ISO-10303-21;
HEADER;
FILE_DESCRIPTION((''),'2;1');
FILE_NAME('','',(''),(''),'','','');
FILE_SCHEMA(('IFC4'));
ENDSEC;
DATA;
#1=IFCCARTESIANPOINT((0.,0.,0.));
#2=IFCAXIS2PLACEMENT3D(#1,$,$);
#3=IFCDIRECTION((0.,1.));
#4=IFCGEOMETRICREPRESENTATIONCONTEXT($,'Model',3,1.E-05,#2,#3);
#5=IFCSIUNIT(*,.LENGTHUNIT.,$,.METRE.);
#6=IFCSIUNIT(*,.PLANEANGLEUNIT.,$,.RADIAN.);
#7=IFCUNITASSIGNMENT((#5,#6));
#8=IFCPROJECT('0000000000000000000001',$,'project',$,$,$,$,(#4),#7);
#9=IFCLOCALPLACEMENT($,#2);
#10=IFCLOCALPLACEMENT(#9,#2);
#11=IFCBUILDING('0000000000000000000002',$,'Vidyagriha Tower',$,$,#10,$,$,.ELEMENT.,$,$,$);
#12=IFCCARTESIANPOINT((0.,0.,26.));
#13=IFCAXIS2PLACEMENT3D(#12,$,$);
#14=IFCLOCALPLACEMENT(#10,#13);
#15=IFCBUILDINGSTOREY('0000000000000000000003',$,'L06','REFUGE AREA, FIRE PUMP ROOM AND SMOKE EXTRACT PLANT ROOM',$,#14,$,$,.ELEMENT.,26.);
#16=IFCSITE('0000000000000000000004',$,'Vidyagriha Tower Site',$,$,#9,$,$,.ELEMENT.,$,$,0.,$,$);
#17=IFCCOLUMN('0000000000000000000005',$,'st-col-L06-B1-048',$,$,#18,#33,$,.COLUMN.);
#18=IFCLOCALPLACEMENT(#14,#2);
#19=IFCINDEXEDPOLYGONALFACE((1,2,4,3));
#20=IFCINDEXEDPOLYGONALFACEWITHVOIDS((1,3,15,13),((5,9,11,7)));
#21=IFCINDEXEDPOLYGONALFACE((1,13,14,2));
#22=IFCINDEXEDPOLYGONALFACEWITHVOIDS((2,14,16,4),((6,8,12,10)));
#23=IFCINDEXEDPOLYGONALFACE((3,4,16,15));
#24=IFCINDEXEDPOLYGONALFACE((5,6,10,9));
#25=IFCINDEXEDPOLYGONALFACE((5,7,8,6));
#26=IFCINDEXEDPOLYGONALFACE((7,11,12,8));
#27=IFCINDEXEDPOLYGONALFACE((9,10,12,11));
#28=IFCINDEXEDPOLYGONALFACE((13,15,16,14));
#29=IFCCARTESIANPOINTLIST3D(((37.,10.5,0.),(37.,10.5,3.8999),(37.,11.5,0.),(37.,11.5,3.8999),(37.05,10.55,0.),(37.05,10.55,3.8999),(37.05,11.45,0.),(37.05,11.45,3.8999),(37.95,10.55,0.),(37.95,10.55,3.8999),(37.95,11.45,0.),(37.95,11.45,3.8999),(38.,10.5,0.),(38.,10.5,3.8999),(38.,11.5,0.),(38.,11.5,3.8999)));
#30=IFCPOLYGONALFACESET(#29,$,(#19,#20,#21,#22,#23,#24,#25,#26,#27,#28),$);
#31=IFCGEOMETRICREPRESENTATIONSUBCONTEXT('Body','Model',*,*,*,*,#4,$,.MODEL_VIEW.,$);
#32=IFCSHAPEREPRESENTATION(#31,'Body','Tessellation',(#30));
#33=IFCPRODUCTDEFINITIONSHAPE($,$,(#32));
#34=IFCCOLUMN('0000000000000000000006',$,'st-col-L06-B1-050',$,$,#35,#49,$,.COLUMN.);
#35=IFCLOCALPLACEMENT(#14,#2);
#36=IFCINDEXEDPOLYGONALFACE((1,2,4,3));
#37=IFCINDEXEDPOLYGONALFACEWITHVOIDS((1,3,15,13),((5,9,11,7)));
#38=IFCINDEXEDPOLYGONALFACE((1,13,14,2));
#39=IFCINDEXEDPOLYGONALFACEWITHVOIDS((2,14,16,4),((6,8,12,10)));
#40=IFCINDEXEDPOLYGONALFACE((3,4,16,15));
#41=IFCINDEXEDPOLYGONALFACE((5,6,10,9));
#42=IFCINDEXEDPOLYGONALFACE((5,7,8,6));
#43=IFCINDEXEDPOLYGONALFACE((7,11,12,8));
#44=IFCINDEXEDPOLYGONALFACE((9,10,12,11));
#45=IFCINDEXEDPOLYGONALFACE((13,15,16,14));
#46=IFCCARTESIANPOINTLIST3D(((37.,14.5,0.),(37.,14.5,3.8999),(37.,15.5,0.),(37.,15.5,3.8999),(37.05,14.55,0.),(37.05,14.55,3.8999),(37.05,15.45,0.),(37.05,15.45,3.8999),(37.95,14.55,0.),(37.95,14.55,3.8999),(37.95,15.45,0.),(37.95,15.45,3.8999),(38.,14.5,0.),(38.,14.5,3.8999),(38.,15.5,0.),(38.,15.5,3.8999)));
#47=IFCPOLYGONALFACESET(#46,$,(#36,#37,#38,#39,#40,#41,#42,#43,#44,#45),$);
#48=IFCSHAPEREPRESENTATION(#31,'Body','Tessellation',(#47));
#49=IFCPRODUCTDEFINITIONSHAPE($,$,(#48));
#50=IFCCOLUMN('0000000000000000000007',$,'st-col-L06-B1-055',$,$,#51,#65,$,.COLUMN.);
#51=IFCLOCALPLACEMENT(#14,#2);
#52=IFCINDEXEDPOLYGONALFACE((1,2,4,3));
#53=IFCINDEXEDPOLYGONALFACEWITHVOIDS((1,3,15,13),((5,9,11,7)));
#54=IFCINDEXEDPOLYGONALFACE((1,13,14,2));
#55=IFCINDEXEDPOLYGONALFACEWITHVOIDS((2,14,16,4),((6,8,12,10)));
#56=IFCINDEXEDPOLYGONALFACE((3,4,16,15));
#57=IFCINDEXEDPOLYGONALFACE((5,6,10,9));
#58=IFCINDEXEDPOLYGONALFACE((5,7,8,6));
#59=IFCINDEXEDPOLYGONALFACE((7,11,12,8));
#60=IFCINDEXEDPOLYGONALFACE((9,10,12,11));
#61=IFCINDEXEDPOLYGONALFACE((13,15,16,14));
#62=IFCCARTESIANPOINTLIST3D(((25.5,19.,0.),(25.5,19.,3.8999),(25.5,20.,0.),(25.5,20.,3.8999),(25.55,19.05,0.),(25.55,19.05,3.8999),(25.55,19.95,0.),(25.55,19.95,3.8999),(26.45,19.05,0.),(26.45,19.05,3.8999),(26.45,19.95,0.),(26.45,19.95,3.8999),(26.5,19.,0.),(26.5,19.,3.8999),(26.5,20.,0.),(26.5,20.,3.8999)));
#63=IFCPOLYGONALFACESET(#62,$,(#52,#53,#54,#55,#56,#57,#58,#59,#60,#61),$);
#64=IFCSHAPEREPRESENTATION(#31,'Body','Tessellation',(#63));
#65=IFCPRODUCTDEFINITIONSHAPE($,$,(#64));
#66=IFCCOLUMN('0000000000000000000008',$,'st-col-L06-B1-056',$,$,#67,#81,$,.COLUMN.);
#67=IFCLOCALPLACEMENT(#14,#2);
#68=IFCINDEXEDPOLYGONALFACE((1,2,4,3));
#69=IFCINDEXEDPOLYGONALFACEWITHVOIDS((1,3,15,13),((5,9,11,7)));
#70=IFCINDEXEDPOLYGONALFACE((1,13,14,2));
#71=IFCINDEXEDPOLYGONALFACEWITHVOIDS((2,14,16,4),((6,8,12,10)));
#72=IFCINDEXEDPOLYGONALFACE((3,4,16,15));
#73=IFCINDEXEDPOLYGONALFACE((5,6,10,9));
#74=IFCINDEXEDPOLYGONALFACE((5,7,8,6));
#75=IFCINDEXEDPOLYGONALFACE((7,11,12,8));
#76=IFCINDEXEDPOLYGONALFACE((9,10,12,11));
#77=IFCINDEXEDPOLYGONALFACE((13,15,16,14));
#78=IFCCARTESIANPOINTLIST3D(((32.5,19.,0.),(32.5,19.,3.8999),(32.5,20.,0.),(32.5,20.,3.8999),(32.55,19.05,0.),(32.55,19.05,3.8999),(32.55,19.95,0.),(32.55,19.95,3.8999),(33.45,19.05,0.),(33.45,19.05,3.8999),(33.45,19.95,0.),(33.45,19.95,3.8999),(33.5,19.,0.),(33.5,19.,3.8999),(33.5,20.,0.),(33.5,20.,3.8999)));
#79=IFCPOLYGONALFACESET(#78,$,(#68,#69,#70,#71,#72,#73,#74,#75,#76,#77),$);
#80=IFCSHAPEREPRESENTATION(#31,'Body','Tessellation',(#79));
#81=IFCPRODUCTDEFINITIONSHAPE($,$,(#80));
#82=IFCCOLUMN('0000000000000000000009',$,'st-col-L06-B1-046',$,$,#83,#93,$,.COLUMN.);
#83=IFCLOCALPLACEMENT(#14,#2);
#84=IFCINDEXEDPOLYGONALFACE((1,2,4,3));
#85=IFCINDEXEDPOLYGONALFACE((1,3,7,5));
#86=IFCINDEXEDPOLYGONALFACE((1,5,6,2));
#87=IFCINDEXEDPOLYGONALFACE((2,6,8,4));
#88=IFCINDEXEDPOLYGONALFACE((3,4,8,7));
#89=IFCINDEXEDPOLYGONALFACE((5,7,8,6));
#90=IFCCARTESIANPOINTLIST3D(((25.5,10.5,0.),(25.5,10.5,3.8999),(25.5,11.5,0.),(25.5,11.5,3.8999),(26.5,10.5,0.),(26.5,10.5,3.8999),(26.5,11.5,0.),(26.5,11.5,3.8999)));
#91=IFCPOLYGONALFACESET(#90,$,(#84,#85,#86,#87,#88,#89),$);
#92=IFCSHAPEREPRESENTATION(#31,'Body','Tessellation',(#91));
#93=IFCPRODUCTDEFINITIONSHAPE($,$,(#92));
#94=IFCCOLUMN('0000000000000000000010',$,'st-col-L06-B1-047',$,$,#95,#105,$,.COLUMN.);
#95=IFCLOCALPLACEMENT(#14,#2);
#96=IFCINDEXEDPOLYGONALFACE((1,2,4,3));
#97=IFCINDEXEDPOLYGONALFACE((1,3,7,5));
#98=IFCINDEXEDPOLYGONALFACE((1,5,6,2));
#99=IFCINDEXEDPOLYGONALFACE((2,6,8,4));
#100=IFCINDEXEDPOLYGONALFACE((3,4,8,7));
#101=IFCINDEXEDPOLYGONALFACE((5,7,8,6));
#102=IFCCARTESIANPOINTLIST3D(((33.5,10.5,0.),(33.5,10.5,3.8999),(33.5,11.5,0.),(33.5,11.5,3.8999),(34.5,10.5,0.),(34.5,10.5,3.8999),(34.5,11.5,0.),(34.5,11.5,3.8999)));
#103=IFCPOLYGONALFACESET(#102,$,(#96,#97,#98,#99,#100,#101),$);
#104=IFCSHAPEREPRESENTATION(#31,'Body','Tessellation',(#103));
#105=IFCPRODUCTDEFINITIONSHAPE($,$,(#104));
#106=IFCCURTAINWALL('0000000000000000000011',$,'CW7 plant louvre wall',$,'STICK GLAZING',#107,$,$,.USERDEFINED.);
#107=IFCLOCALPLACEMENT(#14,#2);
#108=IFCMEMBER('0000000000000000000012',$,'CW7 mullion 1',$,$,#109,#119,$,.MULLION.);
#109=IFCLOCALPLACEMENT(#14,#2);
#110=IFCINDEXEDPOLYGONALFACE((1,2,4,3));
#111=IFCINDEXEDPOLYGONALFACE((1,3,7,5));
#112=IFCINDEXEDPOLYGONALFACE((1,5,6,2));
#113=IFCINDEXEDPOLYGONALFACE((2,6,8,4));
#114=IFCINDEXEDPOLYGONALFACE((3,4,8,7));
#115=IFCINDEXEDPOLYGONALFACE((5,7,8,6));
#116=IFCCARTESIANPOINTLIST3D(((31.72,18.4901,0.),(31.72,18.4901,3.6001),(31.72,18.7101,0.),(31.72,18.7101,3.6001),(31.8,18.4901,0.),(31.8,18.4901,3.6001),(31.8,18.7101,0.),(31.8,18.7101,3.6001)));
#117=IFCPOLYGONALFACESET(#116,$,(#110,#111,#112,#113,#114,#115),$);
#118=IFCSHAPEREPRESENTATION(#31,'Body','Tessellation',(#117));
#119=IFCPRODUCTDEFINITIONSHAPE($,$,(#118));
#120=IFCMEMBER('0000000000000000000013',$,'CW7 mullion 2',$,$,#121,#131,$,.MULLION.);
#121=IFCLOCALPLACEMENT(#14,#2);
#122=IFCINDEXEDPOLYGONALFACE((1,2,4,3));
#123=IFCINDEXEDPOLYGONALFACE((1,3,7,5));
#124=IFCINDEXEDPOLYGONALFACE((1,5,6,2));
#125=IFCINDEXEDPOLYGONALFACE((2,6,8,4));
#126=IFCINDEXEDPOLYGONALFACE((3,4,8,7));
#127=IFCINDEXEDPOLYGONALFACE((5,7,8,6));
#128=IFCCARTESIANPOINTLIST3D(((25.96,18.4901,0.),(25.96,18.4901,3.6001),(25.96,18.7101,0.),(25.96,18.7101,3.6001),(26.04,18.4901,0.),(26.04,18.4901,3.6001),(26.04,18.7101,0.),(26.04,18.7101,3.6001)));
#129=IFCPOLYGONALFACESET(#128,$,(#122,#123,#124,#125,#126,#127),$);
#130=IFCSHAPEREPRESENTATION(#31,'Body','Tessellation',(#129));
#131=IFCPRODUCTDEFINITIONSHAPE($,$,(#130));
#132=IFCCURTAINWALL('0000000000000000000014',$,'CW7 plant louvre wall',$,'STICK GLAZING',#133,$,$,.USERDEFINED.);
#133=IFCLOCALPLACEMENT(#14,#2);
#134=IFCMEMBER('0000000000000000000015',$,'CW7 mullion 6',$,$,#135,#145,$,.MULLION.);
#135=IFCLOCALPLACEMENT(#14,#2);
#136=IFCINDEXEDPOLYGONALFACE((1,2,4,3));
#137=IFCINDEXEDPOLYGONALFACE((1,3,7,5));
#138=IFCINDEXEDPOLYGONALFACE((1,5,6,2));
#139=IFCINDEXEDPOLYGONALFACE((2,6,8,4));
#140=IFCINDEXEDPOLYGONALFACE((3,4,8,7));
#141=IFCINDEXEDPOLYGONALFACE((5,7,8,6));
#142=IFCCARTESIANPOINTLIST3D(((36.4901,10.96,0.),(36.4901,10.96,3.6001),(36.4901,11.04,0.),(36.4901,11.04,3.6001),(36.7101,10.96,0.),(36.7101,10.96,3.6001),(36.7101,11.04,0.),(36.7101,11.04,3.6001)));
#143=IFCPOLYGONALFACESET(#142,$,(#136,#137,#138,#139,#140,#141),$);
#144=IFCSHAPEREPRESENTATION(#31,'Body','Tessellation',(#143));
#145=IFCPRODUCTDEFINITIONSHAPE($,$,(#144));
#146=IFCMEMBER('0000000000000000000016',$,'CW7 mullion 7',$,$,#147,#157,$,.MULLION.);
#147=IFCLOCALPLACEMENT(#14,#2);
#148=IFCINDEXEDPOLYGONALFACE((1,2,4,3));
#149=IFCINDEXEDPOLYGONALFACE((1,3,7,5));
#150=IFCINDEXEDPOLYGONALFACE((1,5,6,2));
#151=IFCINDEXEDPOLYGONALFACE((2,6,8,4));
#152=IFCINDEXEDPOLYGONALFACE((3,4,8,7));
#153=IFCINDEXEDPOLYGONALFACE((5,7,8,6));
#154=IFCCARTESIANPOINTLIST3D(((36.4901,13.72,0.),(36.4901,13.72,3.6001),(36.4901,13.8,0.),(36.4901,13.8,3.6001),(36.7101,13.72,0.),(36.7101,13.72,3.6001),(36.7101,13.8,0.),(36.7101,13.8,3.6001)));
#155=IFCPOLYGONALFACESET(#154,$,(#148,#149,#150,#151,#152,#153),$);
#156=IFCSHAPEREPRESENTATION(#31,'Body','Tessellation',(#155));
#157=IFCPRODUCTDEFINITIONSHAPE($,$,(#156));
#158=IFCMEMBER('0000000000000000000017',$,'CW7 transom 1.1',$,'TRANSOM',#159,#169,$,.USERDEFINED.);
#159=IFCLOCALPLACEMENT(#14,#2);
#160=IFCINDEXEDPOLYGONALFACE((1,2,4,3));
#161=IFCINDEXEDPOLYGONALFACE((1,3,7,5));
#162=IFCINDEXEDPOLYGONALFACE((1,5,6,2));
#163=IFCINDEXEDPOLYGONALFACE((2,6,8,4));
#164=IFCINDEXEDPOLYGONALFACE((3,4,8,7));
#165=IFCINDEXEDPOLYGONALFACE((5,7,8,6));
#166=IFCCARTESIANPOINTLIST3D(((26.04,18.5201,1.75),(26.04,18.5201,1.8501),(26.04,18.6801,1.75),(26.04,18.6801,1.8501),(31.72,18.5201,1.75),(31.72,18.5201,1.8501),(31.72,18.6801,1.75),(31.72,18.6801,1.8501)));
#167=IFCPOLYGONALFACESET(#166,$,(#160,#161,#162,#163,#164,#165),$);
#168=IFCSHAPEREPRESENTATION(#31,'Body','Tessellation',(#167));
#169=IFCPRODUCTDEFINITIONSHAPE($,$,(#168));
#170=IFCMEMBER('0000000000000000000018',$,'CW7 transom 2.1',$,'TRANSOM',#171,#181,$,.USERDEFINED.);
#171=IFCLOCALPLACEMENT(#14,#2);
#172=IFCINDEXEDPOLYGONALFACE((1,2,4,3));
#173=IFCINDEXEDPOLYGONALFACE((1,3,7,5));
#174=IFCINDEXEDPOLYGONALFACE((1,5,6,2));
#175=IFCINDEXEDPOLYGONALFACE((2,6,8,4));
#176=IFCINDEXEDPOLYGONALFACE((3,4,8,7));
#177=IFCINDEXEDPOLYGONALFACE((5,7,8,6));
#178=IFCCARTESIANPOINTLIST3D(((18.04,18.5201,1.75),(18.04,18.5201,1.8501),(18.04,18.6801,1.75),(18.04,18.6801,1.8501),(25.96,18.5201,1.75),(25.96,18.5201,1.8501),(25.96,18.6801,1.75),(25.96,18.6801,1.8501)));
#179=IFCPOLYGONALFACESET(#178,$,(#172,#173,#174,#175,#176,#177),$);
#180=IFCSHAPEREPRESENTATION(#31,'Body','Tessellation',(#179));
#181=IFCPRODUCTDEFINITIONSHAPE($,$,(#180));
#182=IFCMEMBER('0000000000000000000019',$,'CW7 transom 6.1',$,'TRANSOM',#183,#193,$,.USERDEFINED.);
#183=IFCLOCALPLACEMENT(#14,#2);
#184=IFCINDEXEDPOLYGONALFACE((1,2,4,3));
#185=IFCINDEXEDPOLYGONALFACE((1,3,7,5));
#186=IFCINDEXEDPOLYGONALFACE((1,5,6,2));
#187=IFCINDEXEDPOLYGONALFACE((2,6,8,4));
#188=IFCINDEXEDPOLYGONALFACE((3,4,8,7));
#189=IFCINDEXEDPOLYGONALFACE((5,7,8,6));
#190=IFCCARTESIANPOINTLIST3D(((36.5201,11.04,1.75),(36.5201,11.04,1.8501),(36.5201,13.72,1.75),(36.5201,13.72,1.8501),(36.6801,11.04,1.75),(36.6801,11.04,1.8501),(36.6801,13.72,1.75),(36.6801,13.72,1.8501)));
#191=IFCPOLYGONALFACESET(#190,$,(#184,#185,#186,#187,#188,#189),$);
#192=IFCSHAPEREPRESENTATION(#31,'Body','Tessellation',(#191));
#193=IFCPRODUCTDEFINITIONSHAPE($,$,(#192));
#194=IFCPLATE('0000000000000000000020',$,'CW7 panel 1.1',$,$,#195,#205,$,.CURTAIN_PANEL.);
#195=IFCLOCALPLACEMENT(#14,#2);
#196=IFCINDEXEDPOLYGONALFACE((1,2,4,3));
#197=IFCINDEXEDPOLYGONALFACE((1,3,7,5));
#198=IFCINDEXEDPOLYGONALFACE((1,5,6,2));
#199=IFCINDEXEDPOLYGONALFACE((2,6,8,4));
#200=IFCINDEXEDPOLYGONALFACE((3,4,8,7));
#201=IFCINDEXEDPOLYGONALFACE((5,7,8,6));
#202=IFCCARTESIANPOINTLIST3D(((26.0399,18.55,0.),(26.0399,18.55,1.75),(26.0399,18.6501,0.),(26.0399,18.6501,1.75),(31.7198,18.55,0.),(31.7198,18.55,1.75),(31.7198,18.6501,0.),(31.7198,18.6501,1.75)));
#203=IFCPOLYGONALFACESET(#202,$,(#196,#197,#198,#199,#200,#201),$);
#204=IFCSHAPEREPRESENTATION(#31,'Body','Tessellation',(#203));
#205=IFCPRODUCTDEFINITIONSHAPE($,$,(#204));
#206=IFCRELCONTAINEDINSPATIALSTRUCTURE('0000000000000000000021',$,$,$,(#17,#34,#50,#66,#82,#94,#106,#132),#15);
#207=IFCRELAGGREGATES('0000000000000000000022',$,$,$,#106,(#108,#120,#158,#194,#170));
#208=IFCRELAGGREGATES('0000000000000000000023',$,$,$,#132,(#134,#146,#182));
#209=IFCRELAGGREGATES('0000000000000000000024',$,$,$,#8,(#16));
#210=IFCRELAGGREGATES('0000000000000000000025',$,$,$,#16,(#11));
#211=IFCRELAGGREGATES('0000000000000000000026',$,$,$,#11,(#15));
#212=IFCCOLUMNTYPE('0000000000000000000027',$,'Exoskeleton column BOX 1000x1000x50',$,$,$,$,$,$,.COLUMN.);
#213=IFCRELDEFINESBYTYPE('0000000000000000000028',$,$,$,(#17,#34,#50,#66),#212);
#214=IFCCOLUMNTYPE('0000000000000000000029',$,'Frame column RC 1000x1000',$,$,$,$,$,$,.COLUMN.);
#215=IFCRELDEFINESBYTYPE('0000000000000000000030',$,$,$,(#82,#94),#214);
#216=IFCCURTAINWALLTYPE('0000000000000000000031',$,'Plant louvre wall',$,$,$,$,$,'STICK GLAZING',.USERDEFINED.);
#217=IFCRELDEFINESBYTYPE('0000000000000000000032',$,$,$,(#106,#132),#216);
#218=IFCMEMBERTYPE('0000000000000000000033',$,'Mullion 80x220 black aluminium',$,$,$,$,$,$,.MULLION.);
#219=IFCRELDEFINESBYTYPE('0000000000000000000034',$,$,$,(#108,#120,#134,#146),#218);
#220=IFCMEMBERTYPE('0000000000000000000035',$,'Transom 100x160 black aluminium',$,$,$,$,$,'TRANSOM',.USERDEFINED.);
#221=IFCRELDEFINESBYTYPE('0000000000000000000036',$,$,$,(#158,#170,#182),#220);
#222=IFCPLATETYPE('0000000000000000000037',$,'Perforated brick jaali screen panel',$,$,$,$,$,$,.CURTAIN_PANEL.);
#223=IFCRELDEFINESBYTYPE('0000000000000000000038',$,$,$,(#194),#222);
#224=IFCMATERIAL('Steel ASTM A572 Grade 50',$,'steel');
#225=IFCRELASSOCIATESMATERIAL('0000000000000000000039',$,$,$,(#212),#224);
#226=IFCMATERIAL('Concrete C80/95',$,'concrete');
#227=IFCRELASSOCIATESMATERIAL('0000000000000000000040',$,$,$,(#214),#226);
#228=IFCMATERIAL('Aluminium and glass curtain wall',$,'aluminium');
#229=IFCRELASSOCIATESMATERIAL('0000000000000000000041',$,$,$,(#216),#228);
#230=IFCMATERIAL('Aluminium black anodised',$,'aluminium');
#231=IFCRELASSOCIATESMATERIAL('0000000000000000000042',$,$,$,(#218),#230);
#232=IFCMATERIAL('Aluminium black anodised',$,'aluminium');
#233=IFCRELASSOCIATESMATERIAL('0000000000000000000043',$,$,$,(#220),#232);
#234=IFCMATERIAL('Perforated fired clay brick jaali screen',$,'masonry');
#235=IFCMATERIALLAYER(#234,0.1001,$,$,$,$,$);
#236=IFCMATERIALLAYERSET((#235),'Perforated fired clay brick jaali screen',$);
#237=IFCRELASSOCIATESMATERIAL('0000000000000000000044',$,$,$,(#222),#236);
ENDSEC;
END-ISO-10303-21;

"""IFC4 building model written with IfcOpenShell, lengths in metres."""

from ifc_helpers import new_model, si_unit, direction, frame, origin, origin_2d, place, context, subcontext, project, spatial, rectangle, hollow_rectangle, extrude, material, layer, layer_set, material_profile, profile_set, type_object, element, aggregate, save


model = new_model("IFC4")

# Units and contexts
model_context = context("Model", 3, precision=1e-05, world=origin(), true_north=direction((0.0, 1.0)))
body_context = subcontext(model_context, "Body", "Model", "MODEL_VIEW")
ifc_project = project(units=[si_unit("LENGTHUNIT", "METRE"), si_unit("PLANEANGLEUNIT", "RADIAN")], contexts=[model_context])

# Site, building, storey
site_placement = place(None, origin())
site = spatial("IfcSite", under=ifc_project, at=site_placement, Name="Vidyagriha Tower Site", CompositionType="ELEMENT", RefElevation=0.0)
building_placement = place(site_placement, origin())
building = spatial("IfcBuilding", under=site, at=building_placement, Name="Vidyagriha Tower", CompositionType="ELEMENT")
storey_placement = place(building_placement, frame((0.0, 0.0, 26.0)))
storey = spatial("IfcBuildingStorey", under=building, at=storey_placement, Name="L06", Description="REFUGE AREA, FIRE PUMP ROOM AND SMOKE EXTRACT PLANT ROOM", CompositionType="ELEMENT", Elevation=26.0)

# Columns
ifc_material_1 = material(Name="Steel ASTM A572 Grade 50", Category="steel")
ifc_material_profile_1 = material_profile(ifc_material_1, hollow_rectangle(XDim=1.0, YDim=1.0, WallThickness=0.05, at=origin_2d()), Name="BOX 1000x1000x50")
ifc_profile_set_1 = profile_set([ifc_material_profile_1], Name="Steel ASTM A572 Grade 50")
column_type_1 = type_object("IfcColumnType", Name="Exoskeleton column BOX 1000x1000x50", PredefinedType="COLUMN", material=ifc_profile_set_1)
for number, where, name in (
    (1, (37.5, 11.0, 0.0), "st-col-L06-B1-048"),
    (2, (37.5, 15.0, 0.0), "st-col-L06-B1-050"),
    (3, (26.0, 19.5, 0.0), "st-col-L06-B1-055"),
    (4, (33.0, 19.5, 0.0), "st-col-L06-B1-056"),
):
    element("IfcColumn", number, at=place(storey_placement, frame(where)), inside=storey, type_object=column_type_1, Name=name, PredefinedType="COLUMN", context=body_context, shape_type="SweptSolid", body=[
        extrude(hollow_rectangle(XDim=1.0, YDim=1.0, WallThickness=0.05, at=origin_2d()), origin(), (0.0, 0.0, 1.0), 3.8999),
    ])
ifc_material_2 = material(Name="Concrete C80/95", Category="concrete")
ifc_material_profile_2 = material_profile(ifc_material_2, rectangle(XDim=1.0, YDim=1.0, at=origin_2d()), Name="RC 1000x1000")
ifc_profile_set_2 = profile_set([ifc_material_profile_2], Name="Concrete C80/95")
column_type_2 = type_object("IfcColumnType", Name="Frame column RC 1000x1000", PredefinedType="COLUMN", material=ifc_profile_set_2)
for number, where, name in (
    (5, (26.0, 11.0, 0.0), "st-col-L06-B1-046"),
    (6, (34.0, 11.0, 0.0), "st-col-L06-B1-047"),
):
    element("IfcColumn", number, at=place(storey_placement, frame(where)), inside=storey, type_object=column_type_2, Name=name, PredefinedType="COLUMN", context=body_context, shape_type="SweptSolid", body=[
        extrude(rectangle(XDim=1.0, YDim=1.0, at=origin_2d()), origin(), (0.0, 0.0, 1.0), 3.8999),
    ])

# Curtain walls, members
ifc_material_3 = material(Name="Aluminium and glass curtain wall", Category="aluminium")
curtain_wall_type = type_object("IfcCurtainWallType", Name="Plant louvre wall", ElementType="STICK GLAZING", PredefinedType="USERDEFINED", material=ifc_material_3)
curtain_wall_1_placement = place(storey_placement, origin())
curtain_wall_1 = element("IfcCurtainWall", 7, at=curtain_wall_1_placement, inside=storey, type_object=curtain_wall_type, Name="CW7 plant louvre wall", ObjectType="STICK GLAZING", PredefinedType="USERDEFINED")
ifc_material_4 = material(Name="Aluminium black anodised", Category="aluminium")
ifc_material_profile_3 = material_profile(ifc_material_4, rectangle(XDim=0.22, YDim=0.0801, at=origin_2d()), Name="Mullion 80x220 black aluminium")
ifc_profile_set_3 = profile_set([ifc_material_profile_3], Name="Aluminium black anodised")
member_type_1 = type_object("IfcMemberType", Name="Mullion 80x220 black aluminium", PredefinedType="MULLION", material=ifc_profile_set_3)
member_1_placement = place(storey_placement, frame((31.76, 18.6001, 0.0), z_axis=(0.0, 0.0, 1.0), x_axis=(0.0, -1.0, 0.0)))
member_1 = element("IfcMember", 8, at=member_1_placement, type_object=member_type_1, Name="CW7 mullion 1", PredefinedType="MULLION", context=body_context, shape_type="SweptSolid", body=[
    extrude(rectangle(XDim=0.22, YDim=0.0801, at=origin_2d()), origin(), (0.0, 0.0, 1.0), 3.6001),
])
member_2_placement = place(storey_placement, frame((26.0, 18.6001, 0.0), z_axis=(0.0, 0.0, 1.0), x_axis=(0.0, -1.0, 0.0)))
member_2 = element("IfcMember", 9, at=member_2_placement, type_object=member_type_1, Name="CW7 mullion 2", PredefinedType="MULLION", context=body_context, shape_type="SweptSolid", body=[
    extrude(rectangle(XDim=0.22, YDim=0.0801, at=origin_2d()), origin(), (0.0, 0.0, 1.0), 3.6001),
])
curtain_wall_2_placement = place(storey_placement, origin())
curtain_wall_2 = element("IfcCurtainWall", 10, at=curtain_wall_2_placement, inside=storey, type_object=curtain_wall_type, Name="CW7 plant louvre wall", ObjectType="STICK GLAZING", PredefinedType="USERDEFINED")
member_3_placement = place(storey_placement, frame((36.6001, 11.0, 0.0), z_axis=(0.0, 0.0, 1.0), x_axis=(-1.0, 0.0, 0.0)))
member_3 = element("IfcMember", 11, at=member_3_placement, type_object=member_type_1, Name="CW7 mullion 6", PredefinedType="MULLION", context=body_context, shape_type="SweptSolid", body=[
    extrude(rectangle(XDim=0.22, YDim=0.0801, at=origin_2d()), origin(), (0.0, 0.0, 1.0), 3.6001),
])
member_4_placement = place(storey_placement, frame((36.6001, 13.76, 0.0), z_axis=(0.0, 0.0, 1.0), x_axis=(-1.0, 0.0, 0.0)))
member_4 = element("IfcMember", 12, at=member_4_placement, type_object=member_type_1, Name="CW7 mullion 7", PredefinedType="MULLION", context=body_context, shape_type="SweptSolid", body=[
    extrude(rectangle(XDim=0.22, YDim=0.0801, at=origin_2d()), origin(), (0.0, 0.0, 1.0), 3.6001),
])

# Members
ifc_material_5 = material(Name="Aluminium black anodised", Category="aluminium")
ifc_material_profile_4 = material_profile(ifc_material_5, rectangle(XDim=0.1599, YDim=0.1001, at=origin_2d()), Name="Transom 100x160 black aluminium")
ifc_profile_set_4 = profile_set([ifc_material_profile_4], Name="Aluminium black anodised")
member_type_2 = type_object("IfcMemberType", Name="Transom 100x160 black aluminium", ElementType="TRANSOM", PredefinedType="USERDEFINED", material=ifc_profile_set_4)
member_5_placement = place(storey_placement, frame((31.72, 18.6001, 1.8), z_axis=(-1.0, 0.0, 0.0), x_axis=(0.0, -1.0, 0.0)))
member_5 = element("IfcMember", 13, at=member_5_placement, type_object=member_type_2, Name="CW7 transom 1.1", ObjectType="TRANSOM", PredefinedType="USERDEFINED", context=body_context, shape_type="SweptSolid", body=[
    extrude(rectangle(XDim=0.1599, YDim=0.1001, at=origin_2d()), origin(), (0.0, 0.0, 1.0), 5.6799),
])
member_6_placement = place(storey_placement, frame((25.96, 18.6001, 1.8), z_axis=(-1.0, 0.0, 0.0), x_axis=(0.0, -1.0, 0.0)))
member_6 = element("IfcMember", 14, at=member_6_placement, type_object=member_type_2, Name="CW7 transom 2.1", ObjectType="TRANSOM", PredefinedType="USERDEFINED", context=body_context, shape_type="SweptSolid", body=[
    extrude(rectangle(XDim=0.1599, YDim=0.1001, at=origin_2d()), origin(), (0.0, 0.0, 1.0), 7.9199),
])
member_7_placement = place(storey_placement, frame((36.6001, 11.04, 1.8), z_axis=(0.0, 1.0, 0.0), x_axis=(-1.0, 0.0, 0.0)))
member_7 = element("IfcMember", 15, at=member_7_placement, type_object=member_type_2, Name="CW7 transom 6.1", ObjectType="TRANSOM", PredefinedType="USERDEFINED", context=body_context, shape_type="SweptSolid", body=[
    extrude(rectangle(XDim=0.1599, YDim=0.1001, at=origin_2d()), origin(), (0.0, 0.0, 1.0), 2.6799),
])

# Plate
ifc_material_6 = material(Name="Perforated fired clay brick jaali screen", Category="masonry")
ifc_layer_1 = layer(ifc_material_6, 0.1001)
ifc_layer_set_1 = layer_set([ifc_layer_1], Name="Perforated fired clay brick jaali screen")
plate_type = type_object("IfcPlateType", Name="Perforated brick jaali screen panel", PredefinedType="CURTAIN_PANEL", material=ifc_layer_set_1)
plate_1_placement = place(storey_placement, frame((28.8799, 18.6001, 0.0), z_axis=(0.0, 0.0, 1.0), x_axis=(-1.0, 0.0, 0.0)))
plate_1 = element("IfcPlate", 16, at=plate_1_placement, type_object=plate_type, Name="CW7 panel 1.1", PredefinedType="CURTAIN_PANEL", context=body_context, shape_type="SweptSolid", body=[
    extrude(rectangle(XDim=5.6799, YDim=0.1001, at=origin_2d()), origin(), (0.0, 0.0, 1.0), 1.75),
])
aggregate(curtain_wall_1, [member_1, member_2, member_5, plate_1, member_6])
aggregate(curtain_wall_2, [member_3, member_4, member_7])

save(model, "model.ifc")
